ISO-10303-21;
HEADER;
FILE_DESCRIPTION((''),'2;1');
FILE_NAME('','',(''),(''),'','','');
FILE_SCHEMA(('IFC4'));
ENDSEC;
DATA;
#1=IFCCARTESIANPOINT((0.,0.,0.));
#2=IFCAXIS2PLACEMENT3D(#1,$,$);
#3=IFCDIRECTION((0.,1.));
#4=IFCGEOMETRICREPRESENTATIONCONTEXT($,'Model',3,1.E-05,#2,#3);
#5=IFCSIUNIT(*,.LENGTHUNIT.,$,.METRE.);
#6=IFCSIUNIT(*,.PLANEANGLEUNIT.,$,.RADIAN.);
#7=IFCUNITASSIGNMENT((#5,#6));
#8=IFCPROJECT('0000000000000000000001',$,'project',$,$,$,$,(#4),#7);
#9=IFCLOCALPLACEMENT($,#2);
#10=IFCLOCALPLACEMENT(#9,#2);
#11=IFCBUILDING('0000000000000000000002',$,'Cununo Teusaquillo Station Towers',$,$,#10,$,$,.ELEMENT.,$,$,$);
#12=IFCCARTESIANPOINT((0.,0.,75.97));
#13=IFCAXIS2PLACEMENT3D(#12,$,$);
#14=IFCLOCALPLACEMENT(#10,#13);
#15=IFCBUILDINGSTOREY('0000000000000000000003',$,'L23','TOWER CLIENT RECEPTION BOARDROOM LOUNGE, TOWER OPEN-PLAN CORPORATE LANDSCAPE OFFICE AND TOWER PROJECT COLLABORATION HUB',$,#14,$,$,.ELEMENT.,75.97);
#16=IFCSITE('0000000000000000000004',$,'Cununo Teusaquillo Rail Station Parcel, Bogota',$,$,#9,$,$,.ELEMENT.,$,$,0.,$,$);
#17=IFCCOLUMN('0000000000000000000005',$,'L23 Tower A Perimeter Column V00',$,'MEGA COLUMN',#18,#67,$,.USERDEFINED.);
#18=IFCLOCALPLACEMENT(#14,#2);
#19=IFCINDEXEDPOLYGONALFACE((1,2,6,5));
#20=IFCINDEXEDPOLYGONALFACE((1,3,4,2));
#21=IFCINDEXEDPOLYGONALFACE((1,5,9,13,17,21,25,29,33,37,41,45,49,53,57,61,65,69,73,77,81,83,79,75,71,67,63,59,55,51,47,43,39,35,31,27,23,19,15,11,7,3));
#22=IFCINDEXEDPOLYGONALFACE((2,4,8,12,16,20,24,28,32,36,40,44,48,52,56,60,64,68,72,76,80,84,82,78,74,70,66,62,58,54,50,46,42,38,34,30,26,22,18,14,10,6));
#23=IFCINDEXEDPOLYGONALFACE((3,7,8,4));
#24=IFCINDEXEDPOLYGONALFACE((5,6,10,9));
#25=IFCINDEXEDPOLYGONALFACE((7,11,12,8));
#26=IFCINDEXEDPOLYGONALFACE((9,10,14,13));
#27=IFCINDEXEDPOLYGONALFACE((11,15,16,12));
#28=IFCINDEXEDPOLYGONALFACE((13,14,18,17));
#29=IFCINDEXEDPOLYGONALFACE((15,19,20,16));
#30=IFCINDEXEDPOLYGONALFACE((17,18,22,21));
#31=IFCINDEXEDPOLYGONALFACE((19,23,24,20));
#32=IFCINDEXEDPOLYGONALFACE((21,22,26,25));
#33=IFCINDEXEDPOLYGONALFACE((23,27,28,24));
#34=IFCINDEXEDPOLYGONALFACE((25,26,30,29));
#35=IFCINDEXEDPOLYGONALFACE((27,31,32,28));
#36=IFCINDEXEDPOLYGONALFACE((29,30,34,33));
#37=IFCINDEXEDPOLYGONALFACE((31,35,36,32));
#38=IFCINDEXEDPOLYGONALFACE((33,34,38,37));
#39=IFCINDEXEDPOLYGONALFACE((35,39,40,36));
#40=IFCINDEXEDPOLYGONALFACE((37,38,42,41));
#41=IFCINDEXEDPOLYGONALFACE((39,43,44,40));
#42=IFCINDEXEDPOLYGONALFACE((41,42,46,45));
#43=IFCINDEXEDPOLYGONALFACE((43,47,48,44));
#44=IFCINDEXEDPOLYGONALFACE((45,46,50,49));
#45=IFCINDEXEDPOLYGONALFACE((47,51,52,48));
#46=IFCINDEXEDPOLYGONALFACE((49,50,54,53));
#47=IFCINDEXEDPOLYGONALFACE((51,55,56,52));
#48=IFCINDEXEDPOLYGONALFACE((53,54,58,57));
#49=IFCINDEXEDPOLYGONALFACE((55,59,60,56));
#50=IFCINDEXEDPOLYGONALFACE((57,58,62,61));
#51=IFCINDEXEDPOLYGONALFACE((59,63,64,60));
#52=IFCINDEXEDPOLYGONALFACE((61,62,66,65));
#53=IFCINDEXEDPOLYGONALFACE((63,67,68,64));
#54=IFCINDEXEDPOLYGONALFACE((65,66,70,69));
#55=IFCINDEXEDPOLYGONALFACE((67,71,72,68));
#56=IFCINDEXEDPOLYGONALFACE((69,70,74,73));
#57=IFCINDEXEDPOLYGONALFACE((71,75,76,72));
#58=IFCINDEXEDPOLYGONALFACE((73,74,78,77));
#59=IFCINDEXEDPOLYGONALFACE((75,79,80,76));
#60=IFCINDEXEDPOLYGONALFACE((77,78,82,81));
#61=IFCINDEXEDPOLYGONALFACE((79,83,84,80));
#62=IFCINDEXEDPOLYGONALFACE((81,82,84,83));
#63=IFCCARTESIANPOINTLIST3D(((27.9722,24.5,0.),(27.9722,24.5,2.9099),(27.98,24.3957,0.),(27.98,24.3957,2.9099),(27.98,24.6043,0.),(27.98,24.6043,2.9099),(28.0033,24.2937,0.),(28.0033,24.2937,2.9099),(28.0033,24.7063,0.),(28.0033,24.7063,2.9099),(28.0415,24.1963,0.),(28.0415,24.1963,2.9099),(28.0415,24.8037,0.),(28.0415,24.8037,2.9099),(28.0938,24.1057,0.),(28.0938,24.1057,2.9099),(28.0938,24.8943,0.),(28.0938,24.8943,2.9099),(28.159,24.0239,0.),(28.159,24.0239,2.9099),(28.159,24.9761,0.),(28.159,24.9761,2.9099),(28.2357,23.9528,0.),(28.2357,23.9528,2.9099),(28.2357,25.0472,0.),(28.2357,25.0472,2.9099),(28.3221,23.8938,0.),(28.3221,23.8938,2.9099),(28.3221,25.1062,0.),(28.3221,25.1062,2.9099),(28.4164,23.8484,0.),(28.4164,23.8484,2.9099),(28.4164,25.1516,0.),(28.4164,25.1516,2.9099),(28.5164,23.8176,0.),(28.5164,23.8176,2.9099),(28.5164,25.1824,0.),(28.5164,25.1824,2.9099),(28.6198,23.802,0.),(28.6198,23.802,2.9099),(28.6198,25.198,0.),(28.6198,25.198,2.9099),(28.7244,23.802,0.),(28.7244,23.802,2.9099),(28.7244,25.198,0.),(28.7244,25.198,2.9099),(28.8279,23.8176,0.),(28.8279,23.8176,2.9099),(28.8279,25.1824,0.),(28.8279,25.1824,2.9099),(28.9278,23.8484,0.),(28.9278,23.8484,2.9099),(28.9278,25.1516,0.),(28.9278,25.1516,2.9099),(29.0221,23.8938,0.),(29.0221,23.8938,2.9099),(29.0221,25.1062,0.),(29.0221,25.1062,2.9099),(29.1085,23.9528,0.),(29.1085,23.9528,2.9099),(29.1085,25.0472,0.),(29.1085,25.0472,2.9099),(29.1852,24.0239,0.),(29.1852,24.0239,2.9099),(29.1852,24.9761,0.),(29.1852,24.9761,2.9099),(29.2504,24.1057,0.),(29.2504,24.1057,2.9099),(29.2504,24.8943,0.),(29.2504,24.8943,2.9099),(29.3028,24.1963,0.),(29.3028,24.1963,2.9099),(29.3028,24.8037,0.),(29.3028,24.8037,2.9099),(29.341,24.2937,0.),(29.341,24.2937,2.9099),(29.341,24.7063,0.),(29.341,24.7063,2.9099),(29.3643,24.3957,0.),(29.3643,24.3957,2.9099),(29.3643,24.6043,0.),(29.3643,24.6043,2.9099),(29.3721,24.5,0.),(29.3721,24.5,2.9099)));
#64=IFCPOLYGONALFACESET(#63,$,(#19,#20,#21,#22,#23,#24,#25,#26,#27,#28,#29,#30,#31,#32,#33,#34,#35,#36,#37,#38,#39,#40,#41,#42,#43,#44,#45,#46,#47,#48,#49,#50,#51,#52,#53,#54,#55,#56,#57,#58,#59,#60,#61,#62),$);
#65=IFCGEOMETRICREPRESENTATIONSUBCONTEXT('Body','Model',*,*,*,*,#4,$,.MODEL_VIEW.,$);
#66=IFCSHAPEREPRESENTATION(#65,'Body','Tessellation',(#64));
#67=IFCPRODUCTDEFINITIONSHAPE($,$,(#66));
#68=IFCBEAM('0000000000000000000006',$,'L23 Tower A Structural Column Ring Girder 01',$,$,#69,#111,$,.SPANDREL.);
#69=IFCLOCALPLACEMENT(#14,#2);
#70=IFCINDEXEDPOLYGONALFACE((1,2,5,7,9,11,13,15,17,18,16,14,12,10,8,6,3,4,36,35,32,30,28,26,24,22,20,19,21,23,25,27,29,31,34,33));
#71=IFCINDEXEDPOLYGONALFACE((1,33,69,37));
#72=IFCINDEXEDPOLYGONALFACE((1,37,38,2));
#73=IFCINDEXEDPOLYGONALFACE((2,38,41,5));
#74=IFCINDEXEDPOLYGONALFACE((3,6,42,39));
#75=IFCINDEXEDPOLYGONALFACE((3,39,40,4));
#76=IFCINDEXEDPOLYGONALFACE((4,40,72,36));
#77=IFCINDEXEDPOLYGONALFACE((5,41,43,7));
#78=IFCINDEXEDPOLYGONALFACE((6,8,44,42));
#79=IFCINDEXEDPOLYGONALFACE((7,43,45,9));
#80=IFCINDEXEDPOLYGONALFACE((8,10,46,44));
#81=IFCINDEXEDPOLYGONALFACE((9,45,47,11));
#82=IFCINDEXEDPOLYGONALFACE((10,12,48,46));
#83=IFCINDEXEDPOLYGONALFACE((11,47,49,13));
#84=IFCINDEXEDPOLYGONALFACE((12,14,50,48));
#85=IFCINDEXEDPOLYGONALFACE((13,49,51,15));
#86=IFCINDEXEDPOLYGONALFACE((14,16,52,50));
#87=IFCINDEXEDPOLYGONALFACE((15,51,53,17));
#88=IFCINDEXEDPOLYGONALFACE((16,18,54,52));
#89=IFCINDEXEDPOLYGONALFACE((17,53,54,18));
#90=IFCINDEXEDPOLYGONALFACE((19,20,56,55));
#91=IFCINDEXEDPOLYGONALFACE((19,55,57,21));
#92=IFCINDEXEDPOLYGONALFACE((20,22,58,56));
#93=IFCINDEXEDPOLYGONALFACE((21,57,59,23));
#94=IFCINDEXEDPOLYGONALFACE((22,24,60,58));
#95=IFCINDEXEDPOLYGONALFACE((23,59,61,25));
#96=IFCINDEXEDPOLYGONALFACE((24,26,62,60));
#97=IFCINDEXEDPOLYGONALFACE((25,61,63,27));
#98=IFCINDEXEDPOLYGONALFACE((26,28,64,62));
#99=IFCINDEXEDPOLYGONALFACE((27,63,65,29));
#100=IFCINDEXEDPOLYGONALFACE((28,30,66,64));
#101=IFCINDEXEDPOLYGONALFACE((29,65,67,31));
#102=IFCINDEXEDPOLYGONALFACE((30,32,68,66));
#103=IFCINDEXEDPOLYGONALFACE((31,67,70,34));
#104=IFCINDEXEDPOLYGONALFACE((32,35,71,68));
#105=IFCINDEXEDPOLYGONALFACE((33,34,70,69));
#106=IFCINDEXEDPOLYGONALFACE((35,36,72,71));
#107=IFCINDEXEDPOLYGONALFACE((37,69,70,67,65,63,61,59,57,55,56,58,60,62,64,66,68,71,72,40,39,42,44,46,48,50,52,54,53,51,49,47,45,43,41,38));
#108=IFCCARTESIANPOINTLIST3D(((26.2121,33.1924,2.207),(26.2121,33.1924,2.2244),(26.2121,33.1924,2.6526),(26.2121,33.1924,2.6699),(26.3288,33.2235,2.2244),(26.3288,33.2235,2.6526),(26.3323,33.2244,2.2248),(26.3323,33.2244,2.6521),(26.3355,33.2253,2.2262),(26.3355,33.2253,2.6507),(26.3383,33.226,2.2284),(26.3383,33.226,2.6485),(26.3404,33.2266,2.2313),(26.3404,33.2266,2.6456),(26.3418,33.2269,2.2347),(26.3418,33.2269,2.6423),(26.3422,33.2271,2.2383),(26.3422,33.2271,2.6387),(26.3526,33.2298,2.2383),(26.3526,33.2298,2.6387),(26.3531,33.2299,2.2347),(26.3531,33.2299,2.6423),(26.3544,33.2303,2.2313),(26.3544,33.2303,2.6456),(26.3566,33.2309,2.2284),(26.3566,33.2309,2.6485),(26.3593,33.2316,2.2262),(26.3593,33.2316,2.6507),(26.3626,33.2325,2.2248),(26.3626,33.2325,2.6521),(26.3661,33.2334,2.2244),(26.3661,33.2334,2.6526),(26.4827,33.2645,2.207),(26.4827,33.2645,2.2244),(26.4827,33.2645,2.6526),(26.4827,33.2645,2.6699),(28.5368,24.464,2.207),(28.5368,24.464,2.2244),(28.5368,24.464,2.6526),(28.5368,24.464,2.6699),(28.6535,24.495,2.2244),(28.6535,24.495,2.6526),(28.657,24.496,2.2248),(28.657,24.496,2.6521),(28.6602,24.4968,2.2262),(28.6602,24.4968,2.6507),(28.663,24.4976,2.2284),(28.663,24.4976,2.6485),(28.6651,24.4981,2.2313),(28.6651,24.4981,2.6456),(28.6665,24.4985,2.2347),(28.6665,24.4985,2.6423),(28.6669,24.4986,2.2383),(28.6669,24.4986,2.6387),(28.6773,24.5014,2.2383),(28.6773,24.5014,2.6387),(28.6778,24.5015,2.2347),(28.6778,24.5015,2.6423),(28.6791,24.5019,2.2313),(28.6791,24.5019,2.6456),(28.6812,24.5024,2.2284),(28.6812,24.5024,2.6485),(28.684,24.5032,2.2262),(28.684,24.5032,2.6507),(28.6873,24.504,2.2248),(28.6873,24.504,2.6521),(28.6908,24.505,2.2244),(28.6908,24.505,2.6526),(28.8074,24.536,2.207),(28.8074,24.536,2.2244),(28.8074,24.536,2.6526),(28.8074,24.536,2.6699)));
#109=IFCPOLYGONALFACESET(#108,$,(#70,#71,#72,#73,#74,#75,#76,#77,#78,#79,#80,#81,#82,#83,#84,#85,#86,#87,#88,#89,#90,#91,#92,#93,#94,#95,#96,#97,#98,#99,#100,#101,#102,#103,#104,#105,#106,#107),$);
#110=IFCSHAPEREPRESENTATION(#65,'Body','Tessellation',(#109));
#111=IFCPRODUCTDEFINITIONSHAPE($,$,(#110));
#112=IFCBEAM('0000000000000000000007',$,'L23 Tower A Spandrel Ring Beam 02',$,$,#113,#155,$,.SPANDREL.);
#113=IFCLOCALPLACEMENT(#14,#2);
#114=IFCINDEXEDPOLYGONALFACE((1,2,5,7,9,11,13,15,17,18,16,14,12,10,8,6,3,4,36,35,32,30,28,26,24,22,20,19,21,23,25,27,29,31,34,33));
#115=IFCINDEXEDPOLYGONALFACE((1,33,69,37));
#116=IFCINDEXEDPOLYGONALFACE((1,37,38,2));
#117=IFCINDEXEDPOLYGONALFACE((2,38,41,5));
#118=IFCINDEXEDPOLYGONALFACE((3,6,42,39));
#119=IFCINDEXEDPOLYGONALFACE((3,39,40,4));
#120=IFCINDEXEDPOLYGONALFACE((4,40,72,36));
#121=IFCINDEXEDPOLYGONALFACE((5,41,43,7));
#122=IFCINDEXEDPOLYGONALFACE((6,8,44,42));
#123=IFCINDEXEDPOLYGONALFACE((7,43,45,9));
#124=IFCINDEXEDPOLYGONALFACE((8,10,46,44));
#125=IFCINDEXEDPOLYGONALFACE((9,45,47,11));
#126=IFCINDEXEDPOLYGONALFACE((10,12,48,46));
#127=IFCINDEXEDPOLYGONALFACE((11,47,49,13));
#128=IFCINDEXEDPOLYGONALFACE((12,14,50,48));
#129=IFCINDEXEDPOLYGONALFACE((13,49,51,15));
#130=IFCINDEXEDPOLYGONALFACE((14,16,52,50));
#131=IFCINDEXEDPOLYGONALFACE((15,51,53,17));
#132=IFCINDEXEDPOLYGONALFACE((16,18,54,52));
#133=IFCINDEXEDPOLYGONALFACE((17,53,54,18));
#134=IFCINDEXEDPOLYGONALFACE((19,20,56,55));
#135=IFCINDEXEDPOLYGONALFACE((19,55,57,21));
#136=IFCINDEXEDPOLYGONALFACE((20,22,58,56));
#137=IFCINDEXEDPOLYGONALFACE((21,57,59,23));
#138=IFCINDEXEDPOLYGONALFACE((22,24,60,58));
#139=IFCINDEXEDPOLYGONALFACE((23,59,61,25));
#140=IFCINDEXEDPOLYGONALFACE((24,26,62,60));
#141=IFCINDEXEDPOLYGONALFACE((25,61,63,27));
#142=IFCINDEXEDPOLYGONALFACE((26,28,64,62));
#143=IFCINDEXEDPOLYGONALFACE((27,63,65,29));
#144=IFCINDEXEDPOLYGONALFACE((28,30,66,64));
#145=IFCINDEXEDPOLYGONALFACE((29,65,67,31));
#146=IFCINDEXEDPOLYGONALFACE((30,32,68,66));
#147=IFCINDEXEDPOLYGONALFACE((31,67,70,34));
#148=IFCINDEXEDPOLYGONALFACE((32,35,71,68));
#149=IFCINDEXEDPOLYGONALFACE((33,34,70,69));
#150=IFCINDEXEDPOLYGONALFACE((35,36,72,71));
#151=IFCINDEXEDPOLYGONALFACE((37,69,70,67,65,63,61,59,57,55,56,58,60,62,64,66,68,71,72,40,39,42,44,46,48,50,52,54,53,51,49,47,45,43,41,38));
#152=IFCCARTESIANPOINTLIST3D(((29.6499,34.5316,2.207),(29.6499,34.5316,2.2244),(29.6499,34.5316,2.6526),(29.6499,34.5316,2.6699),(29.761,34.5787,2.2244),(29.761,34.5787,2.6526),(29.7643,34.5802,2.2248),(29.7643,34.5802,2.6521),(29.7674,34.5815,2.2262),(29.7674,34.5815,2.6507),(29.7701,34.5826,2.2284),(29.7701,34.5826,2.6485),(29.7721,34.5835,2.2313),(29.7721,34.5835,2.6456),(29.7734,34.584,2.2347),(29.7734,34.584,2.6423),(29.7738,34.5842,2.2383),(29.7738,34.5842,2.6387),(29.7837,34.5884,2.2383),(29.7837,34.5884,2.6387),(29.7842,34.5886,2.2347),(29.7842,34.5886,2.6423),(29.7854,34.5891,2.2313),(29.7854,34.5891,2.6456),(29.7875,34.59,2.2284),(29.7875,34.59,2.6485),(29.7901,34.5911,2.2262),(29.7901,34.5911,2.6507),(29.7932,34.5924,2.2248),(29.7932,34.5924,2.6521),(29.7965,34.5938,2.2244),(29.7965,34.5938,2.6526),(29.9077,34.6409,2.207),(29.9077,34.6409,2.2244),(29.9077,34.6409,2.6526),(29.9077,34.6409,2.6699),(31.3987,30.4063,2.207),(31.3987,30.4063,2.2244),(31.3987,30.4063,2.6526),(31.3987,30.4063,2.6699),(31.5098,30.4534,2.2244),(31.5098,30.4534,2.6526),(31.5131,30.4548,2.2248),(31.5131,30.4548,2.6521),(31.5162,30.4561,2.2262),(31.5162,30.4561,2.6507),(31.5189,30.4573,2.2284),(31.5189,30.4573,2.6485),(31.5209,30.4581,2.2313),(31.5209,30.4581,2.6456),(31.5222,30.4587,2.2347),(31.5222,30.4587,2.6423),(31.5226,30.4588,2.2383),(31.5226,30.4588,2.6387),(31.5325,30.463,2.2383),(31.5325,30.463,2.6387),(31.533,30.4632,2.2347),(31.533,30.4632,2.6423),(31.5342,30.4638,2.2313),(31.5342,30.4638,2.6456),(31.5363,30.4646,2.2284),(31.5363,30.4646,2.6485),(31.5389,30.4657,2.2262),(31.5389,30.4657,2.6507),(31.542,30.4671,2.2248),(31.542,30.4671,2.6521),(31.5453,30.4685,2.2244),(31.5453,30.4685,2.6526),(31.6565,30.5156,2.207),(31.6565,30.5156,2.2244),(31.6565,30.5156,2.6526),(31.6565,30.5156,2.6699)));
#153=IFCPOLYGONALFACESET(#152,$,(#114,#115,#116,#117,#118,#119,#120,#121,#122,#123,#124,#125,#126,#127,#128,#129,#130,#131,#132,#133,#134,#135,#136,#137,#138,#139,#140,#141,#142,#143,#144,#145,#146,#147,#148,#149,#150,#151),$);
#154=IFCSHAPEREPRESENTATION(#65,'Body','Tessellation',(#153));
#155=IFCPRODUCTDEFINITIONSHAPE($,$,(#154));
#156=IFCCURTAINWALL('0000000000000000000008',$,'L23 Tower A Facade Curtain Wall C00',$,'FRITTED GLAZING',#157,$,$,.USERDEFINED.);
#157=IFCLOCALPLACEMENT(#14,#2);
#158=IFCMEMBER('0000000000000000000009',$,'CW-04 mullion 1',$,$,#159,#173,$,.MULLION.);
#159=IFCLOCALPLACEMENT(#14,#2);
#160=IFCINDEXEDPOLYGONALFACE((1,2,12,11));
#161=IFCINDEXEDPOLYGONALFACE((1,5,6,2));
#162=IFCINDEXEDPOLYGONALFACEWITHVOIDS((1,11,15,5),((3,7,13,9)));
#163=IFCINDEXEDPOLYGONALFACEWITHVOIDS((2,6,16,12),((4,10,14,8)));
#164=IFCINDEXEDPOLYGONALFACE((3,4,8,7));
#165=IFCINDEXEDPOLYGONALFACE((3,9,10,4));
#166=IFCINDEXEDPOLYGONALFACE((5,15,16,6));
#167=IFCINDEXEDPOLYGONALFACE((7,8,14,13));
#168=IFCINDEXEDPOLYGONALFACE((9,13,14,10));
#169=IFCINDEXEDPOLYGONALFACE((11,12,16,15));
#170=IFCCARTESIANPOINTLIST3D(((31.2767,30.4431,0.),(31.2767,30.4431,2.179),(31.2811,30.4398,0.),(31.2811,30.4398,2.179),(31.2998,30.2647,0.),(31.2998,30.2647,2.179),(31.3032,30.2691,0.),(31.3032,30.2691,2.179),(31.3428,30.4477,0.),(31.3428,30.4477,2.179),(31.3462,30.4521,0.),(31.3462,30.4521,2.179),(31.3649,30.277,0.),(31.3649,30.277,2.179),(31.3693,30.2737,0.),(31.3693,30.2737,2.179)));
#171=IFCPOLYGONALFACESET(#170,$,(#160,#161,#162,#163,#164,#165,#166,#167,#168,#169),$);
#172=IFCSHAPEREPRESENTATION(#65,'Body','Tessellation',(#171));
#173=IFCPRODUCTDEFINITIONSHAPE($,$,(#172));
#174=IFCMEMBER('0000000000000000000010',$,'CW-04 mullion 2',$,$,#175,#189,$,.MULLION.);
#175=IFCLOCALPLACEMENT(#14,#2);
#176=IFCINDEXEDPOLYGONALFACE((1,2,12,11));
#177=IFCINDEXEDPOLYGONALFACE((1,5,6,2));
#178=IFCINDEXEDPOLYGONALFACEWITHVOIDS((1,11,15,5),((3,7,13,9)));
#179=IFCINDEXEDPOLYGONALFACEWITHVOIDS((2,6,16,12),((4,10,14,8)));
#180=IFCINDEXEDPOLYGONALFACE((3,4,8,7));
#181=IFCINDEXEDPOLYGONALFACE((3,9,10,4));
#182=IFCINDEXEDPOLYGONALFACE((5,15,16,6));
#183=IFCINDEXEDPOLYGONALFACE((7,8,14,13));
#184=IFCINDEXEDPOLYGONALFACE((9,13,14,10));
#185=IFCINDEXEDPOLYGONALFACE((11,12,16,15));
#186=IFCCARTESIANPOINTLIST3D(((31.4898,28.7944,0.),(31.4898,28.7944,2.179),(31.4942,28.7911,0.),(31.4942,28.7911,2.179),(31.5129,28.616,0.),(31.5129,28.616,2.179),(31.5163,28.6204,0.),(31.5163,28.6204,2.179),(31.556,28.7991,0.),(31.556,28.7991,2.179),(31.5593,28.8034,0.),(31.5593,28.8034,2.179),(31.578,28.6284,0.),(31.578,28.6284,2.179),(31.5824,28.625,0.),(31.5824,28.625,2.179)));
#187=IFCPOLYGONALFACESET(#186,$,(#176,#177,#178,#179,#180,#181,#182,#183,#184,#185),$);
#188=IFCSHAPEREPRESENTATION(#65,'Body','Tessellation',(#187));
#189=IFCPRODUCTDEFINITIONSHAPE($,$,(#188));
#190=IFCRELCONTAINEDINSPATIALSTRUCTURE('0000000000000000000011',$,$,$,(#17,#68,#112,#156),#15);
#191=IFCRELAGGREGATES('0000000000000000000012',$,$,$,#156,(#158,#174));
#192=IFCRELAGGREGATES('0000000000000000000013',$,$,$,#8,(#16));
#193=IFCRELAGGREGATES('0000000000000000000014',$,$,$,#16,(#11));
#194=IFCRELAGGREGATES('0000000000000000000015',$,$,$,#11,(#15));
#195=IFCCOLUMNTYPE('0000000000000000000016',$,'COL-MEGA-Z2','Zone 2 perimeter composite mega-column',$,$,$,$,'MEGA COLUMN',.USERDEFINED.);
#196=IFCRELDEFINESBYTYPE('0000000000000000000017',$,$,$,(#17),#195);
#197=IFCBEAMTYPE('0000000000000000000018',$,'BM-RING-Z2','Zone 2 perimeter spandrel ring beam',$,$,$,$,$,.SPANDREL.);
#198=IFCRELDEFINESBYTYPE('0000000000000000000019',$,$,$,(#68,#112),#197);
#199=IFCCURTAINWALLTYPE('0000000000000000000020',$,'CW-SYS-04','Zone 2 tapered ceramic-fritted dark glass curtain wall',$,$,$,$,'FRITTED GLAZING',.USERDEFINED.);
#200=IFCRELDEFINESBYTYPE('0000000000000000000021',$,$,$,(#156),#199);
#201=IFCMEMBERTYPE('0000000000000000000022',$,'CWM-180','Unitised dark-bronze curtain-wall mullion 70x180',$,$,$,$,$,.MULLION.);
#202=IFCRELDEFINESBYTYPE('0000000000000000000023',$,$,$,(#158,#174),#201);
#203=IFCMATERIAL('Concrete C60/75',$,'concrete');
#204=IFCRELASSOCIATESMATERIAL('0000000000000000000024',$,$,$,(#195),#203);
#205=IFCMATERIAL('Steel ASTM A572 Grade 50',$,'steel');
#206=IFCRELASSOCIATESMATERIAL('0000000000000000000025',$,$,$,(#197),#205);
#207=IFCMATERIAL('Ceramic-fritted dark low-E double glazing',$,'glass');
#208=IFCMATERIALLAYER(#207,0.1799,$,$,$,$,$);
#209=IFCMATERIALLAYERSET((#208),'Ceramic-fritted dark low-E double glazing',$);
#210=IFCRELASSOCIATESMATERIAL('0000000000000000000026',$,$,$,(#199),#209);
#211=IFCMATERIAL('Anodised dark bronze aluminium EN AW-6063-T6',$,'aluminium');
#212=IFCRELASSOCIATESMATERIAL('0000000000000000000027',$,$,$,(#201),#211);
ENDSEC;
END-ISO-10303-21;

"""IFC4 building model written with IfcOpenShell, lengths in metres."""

from ifc_helpers import new_model, si_unit, direction, frame, origin, origin_2d, place, context, subcontext, project, spatial, hollow_rectangle, circle, i_section, extrude, material, layer, layer_set, material_profile, profile_set, type_object, element, aggregate, save


model = new_model("IFC4")

# Units and contexts
model_context = context("Model", 3, precision=1e-05, world=origin(), true_north=direction((0.0, 1.0)))
body_context = subcontext(model_context, "Body", "Model", "MODEL_VIEW")
ifc_project = project(units=[si_unit("LENGTHUNIT", "METRE"), si_unit("PLANEANGLEUNIT", "RADIAN")], contexts=[model_context])

# Site, building, storey
site_placement = place(None, origin())
site = spatial("IfcSite", under=ifc_project, at=site_placement, Name="Cununo Teusaquillo Rail Station Parcel, Bogota", CompositionType="ELEMENT", RefElevation=0.0)
building_placement = place(site_placement, origin())
building = spatial("IfcBuilding", under=site, at=building_placement, Name="Cununo Teusaquillo Station Towers", CompositionType="ELEMENT")
storey_placement = place(building_placement, frame((0.0, 0.0, 75.97)))
storey = spatial("IfcBuildingStorey", under=building, at=storey_placement, Name="L23", Description="TOWER CLIENT RECEPTION BOARDROOM LOUNGE, TOWER OPEN-PLAN CORPORATE LANDSCAPE OFFICE AND TOWER PROJECT COLLABORATION HUB", CompositionType="ELEMENT", Elevation=75.97)

# Column
ifc_material_1 = material(Name="Concrete C60/75", Category="concrete")
ifc_material_profile_1 = material_profile(ifc_material_1, circle(Radius=0.7, at=origin_2d()), Name="RC-CIRC-1400")
ifc_profile_set_1 = profile_set([ifc_material_profile_1], Name="Concrete C60/75")
column_type = type_object("IfcColumnType", Name="COL-MEGA-Z2", Description="Zone 2 perimeter composite mega-column", ElementType="MEGA COLUMN", PredefinedType="USERDEFINED", material=ifc_profile_set_1)
column_placement = place(storey_placement, frame((28.6721, 24.5, 0.0), z_axis=(0.0, 0.0, 1.0), x_axis=(1.0, 0.0, 0.0)))
element("IfcColumn", 1, at=column_placement, inside=storey, type_object=column_type, Name="L23 Tower A Perimeter Column V00", ObjectType="MEGA COLUMN", PredefinedType="USERDEFINED", context=body_context, shape_type="SweptSolid", body=[
    extrude(circle(Radius=0.7, at=origin_2d()), origin(), (0.0, 0.0, 1.0), 2.9099),
])

# Beams
ifc_material_2 = material(Name="Steel ASTM A572 Grade 50", Category="steel")
ifc_material_profile_2 = material_profile(ifc_material_2, i_section(OverallWidth=0.28, OverallDepth=0.4629, WebThickness=0.0107, FlangeThickness=0.0173, FilletRadius=0.0139, at=origin_2d()), Name="W18X76")
ifc_profile_set_2 = profile_set([ifc_material_profile_2], Name="Steel ASTM A572 Grade 50")
beam_type = type_object("IfcBeamType", Name="BM-RING-Z2", Description="Zone 2 perimeter spandrel ring beam", PredefinedType="SPANDREL", material=ifc_profile_set_2)
beam_1_placement = place(storey_placement, frame((28.6721, 24.5, 2.4385), z_axis=(-0.257363, 0.966315, 0.0), x_axis=(-0.966315, -0.257363, 0.0)))
element("IfcBeam", 2, at=beam_1_placement, inside=storey, type_object=beam_type, Name="L23 Tower A Structural Column Ring Girder 01", PredefinedType="SPANDREL", context=body_context, shape_type="SweptSolid", body=[
    extrude(i_section(OverallWidth=0.28, OverallDepth=0.4629, WebThickness=0.0107, FlangeThickness=0.0173, FilletRadius=0.0139, at=origin_2d()), origin(), (0.0, 0.0, 1.0), 9.0327),
])
beam_2_placement = place(storey_placement, frame((31.5276, 30.4609, 2.4385), z_axis=(-0.390299, 0.920688, 0.0), x_axis=(-0.920688, -0.390299, 0.0)))
element("IfcBeam", 3, at=beam_2_placement, inside=storey, type_object=beam_type, Name="L23 Tower A Spandrel Ring Beam 02", PredefinedType="SPANDREL", context=body_context, shape_type="SweptSolid", body=[
    extrude(i_section(OverallWidth=0.28, OverallDepth=0.4629, WebThickness=0.0107, FlangeThickness=0.0173, FilletRadius=0.0139, at=origin_2d()), origin(), (0.0, 0.0, 1.0), 4.4807),
])

# Curtain wall, members
ifc_material_3 = material(Name="Ceramic-fritted dark low-E double glazing", Category="glass")
ifc_layer_1 = layer(ifc_material_3, 0.1799)
ifc_layer_set_1 = layer_set([ifc_layer_1], Name="Ceramic-fritted dark low-E double glazing")
curtain_wall_type = type_object("IfcCurtainWallType", Name="CW-SYS-04", Description="Zone 2 tapered ceramic-fritted dark glass curtain wall", ElementType="FRITTED GLAZING", PredefinedType="USERDEFINED", material=ifc_layer_set_1)
curtain_wall_placement = place(storey_placement, origin())
curtain_wall = element("IfcCurtainWall", 4, at=curtain_wall_placement, inside=storey, type_object=curtain_wall_type, Name="L23 Tower A Facade Curtain Wall C00", ObjectType="FRITTED GLAZING", PredefinedType="USERDEFINED")
ifc_material_4 = material(Name="Anodised dark bronze aluminium EN AW-6063-T6", Category="aluminium")
ifc_material_profile_3 = material_profile(ifc_material_4, hollow_rectangle(XDim=0.0701, YDim=0.1799, WallThickness=0.0039, at=origin_2d()), Name="CW-MULL-70x180")
ifc_profile_set_3 = profile_set([ifc_material_profile_3], Name="Anodised dark bronze aluminium EN AW-6063-T6")
member_type_1 = type_object("IfcMemberType", Name="CWM-180", Description="Unitised dark-bronze curtain-wall mullion 70x180", PredefinedType="MULLION", material=ifc_profile_set_3)
member_1_placement = place(storey_placement, frame((31.323, 30.3584, 0.0), z_axis=(0.0, 0.0, 1.0), x_axis=(0.991731, 0.128336, 0.0)))
member_1 = element("IfcMember", 5, at=member_1_placement, type_object=member_type_1, Name="CW-04 mullion 1", PredefinedType="MULLION", context=body_context, shape_type="SweptSolid", body=[
    extrude(hollow_rectangle(XDim=0.0701, YDim=0.1799, WallThickness=0.0039, at=origin_2d()), origin(), (0.0, 0.0, 1.0), 2.179),
])
member_2_placement = place(storey_placement, frame((31.5361, 28.7097, 0.0), z_axis=(0.0, 0.0, 1.0), x_axis=(0.991731, 0.128336, 0.0)))
member_2 = element("IfcMember", 6, at=member_2_placement, type_object=member_type_1, Name="CW-04 mullion 2", PredefinedType="MULLION", context=body_context, shape_type="SweptSolid", body=[
    extrude(hollow_rectangle(XDim=0.0701, YDim=0.1799, WallThickness=0.0039, at=origin_2d()), origin(), (0.0, 0.0, 1.0), 2.179),
])

aggregate(curtain_wall, [member_1, member_2])

save(model, "model.ifc")
